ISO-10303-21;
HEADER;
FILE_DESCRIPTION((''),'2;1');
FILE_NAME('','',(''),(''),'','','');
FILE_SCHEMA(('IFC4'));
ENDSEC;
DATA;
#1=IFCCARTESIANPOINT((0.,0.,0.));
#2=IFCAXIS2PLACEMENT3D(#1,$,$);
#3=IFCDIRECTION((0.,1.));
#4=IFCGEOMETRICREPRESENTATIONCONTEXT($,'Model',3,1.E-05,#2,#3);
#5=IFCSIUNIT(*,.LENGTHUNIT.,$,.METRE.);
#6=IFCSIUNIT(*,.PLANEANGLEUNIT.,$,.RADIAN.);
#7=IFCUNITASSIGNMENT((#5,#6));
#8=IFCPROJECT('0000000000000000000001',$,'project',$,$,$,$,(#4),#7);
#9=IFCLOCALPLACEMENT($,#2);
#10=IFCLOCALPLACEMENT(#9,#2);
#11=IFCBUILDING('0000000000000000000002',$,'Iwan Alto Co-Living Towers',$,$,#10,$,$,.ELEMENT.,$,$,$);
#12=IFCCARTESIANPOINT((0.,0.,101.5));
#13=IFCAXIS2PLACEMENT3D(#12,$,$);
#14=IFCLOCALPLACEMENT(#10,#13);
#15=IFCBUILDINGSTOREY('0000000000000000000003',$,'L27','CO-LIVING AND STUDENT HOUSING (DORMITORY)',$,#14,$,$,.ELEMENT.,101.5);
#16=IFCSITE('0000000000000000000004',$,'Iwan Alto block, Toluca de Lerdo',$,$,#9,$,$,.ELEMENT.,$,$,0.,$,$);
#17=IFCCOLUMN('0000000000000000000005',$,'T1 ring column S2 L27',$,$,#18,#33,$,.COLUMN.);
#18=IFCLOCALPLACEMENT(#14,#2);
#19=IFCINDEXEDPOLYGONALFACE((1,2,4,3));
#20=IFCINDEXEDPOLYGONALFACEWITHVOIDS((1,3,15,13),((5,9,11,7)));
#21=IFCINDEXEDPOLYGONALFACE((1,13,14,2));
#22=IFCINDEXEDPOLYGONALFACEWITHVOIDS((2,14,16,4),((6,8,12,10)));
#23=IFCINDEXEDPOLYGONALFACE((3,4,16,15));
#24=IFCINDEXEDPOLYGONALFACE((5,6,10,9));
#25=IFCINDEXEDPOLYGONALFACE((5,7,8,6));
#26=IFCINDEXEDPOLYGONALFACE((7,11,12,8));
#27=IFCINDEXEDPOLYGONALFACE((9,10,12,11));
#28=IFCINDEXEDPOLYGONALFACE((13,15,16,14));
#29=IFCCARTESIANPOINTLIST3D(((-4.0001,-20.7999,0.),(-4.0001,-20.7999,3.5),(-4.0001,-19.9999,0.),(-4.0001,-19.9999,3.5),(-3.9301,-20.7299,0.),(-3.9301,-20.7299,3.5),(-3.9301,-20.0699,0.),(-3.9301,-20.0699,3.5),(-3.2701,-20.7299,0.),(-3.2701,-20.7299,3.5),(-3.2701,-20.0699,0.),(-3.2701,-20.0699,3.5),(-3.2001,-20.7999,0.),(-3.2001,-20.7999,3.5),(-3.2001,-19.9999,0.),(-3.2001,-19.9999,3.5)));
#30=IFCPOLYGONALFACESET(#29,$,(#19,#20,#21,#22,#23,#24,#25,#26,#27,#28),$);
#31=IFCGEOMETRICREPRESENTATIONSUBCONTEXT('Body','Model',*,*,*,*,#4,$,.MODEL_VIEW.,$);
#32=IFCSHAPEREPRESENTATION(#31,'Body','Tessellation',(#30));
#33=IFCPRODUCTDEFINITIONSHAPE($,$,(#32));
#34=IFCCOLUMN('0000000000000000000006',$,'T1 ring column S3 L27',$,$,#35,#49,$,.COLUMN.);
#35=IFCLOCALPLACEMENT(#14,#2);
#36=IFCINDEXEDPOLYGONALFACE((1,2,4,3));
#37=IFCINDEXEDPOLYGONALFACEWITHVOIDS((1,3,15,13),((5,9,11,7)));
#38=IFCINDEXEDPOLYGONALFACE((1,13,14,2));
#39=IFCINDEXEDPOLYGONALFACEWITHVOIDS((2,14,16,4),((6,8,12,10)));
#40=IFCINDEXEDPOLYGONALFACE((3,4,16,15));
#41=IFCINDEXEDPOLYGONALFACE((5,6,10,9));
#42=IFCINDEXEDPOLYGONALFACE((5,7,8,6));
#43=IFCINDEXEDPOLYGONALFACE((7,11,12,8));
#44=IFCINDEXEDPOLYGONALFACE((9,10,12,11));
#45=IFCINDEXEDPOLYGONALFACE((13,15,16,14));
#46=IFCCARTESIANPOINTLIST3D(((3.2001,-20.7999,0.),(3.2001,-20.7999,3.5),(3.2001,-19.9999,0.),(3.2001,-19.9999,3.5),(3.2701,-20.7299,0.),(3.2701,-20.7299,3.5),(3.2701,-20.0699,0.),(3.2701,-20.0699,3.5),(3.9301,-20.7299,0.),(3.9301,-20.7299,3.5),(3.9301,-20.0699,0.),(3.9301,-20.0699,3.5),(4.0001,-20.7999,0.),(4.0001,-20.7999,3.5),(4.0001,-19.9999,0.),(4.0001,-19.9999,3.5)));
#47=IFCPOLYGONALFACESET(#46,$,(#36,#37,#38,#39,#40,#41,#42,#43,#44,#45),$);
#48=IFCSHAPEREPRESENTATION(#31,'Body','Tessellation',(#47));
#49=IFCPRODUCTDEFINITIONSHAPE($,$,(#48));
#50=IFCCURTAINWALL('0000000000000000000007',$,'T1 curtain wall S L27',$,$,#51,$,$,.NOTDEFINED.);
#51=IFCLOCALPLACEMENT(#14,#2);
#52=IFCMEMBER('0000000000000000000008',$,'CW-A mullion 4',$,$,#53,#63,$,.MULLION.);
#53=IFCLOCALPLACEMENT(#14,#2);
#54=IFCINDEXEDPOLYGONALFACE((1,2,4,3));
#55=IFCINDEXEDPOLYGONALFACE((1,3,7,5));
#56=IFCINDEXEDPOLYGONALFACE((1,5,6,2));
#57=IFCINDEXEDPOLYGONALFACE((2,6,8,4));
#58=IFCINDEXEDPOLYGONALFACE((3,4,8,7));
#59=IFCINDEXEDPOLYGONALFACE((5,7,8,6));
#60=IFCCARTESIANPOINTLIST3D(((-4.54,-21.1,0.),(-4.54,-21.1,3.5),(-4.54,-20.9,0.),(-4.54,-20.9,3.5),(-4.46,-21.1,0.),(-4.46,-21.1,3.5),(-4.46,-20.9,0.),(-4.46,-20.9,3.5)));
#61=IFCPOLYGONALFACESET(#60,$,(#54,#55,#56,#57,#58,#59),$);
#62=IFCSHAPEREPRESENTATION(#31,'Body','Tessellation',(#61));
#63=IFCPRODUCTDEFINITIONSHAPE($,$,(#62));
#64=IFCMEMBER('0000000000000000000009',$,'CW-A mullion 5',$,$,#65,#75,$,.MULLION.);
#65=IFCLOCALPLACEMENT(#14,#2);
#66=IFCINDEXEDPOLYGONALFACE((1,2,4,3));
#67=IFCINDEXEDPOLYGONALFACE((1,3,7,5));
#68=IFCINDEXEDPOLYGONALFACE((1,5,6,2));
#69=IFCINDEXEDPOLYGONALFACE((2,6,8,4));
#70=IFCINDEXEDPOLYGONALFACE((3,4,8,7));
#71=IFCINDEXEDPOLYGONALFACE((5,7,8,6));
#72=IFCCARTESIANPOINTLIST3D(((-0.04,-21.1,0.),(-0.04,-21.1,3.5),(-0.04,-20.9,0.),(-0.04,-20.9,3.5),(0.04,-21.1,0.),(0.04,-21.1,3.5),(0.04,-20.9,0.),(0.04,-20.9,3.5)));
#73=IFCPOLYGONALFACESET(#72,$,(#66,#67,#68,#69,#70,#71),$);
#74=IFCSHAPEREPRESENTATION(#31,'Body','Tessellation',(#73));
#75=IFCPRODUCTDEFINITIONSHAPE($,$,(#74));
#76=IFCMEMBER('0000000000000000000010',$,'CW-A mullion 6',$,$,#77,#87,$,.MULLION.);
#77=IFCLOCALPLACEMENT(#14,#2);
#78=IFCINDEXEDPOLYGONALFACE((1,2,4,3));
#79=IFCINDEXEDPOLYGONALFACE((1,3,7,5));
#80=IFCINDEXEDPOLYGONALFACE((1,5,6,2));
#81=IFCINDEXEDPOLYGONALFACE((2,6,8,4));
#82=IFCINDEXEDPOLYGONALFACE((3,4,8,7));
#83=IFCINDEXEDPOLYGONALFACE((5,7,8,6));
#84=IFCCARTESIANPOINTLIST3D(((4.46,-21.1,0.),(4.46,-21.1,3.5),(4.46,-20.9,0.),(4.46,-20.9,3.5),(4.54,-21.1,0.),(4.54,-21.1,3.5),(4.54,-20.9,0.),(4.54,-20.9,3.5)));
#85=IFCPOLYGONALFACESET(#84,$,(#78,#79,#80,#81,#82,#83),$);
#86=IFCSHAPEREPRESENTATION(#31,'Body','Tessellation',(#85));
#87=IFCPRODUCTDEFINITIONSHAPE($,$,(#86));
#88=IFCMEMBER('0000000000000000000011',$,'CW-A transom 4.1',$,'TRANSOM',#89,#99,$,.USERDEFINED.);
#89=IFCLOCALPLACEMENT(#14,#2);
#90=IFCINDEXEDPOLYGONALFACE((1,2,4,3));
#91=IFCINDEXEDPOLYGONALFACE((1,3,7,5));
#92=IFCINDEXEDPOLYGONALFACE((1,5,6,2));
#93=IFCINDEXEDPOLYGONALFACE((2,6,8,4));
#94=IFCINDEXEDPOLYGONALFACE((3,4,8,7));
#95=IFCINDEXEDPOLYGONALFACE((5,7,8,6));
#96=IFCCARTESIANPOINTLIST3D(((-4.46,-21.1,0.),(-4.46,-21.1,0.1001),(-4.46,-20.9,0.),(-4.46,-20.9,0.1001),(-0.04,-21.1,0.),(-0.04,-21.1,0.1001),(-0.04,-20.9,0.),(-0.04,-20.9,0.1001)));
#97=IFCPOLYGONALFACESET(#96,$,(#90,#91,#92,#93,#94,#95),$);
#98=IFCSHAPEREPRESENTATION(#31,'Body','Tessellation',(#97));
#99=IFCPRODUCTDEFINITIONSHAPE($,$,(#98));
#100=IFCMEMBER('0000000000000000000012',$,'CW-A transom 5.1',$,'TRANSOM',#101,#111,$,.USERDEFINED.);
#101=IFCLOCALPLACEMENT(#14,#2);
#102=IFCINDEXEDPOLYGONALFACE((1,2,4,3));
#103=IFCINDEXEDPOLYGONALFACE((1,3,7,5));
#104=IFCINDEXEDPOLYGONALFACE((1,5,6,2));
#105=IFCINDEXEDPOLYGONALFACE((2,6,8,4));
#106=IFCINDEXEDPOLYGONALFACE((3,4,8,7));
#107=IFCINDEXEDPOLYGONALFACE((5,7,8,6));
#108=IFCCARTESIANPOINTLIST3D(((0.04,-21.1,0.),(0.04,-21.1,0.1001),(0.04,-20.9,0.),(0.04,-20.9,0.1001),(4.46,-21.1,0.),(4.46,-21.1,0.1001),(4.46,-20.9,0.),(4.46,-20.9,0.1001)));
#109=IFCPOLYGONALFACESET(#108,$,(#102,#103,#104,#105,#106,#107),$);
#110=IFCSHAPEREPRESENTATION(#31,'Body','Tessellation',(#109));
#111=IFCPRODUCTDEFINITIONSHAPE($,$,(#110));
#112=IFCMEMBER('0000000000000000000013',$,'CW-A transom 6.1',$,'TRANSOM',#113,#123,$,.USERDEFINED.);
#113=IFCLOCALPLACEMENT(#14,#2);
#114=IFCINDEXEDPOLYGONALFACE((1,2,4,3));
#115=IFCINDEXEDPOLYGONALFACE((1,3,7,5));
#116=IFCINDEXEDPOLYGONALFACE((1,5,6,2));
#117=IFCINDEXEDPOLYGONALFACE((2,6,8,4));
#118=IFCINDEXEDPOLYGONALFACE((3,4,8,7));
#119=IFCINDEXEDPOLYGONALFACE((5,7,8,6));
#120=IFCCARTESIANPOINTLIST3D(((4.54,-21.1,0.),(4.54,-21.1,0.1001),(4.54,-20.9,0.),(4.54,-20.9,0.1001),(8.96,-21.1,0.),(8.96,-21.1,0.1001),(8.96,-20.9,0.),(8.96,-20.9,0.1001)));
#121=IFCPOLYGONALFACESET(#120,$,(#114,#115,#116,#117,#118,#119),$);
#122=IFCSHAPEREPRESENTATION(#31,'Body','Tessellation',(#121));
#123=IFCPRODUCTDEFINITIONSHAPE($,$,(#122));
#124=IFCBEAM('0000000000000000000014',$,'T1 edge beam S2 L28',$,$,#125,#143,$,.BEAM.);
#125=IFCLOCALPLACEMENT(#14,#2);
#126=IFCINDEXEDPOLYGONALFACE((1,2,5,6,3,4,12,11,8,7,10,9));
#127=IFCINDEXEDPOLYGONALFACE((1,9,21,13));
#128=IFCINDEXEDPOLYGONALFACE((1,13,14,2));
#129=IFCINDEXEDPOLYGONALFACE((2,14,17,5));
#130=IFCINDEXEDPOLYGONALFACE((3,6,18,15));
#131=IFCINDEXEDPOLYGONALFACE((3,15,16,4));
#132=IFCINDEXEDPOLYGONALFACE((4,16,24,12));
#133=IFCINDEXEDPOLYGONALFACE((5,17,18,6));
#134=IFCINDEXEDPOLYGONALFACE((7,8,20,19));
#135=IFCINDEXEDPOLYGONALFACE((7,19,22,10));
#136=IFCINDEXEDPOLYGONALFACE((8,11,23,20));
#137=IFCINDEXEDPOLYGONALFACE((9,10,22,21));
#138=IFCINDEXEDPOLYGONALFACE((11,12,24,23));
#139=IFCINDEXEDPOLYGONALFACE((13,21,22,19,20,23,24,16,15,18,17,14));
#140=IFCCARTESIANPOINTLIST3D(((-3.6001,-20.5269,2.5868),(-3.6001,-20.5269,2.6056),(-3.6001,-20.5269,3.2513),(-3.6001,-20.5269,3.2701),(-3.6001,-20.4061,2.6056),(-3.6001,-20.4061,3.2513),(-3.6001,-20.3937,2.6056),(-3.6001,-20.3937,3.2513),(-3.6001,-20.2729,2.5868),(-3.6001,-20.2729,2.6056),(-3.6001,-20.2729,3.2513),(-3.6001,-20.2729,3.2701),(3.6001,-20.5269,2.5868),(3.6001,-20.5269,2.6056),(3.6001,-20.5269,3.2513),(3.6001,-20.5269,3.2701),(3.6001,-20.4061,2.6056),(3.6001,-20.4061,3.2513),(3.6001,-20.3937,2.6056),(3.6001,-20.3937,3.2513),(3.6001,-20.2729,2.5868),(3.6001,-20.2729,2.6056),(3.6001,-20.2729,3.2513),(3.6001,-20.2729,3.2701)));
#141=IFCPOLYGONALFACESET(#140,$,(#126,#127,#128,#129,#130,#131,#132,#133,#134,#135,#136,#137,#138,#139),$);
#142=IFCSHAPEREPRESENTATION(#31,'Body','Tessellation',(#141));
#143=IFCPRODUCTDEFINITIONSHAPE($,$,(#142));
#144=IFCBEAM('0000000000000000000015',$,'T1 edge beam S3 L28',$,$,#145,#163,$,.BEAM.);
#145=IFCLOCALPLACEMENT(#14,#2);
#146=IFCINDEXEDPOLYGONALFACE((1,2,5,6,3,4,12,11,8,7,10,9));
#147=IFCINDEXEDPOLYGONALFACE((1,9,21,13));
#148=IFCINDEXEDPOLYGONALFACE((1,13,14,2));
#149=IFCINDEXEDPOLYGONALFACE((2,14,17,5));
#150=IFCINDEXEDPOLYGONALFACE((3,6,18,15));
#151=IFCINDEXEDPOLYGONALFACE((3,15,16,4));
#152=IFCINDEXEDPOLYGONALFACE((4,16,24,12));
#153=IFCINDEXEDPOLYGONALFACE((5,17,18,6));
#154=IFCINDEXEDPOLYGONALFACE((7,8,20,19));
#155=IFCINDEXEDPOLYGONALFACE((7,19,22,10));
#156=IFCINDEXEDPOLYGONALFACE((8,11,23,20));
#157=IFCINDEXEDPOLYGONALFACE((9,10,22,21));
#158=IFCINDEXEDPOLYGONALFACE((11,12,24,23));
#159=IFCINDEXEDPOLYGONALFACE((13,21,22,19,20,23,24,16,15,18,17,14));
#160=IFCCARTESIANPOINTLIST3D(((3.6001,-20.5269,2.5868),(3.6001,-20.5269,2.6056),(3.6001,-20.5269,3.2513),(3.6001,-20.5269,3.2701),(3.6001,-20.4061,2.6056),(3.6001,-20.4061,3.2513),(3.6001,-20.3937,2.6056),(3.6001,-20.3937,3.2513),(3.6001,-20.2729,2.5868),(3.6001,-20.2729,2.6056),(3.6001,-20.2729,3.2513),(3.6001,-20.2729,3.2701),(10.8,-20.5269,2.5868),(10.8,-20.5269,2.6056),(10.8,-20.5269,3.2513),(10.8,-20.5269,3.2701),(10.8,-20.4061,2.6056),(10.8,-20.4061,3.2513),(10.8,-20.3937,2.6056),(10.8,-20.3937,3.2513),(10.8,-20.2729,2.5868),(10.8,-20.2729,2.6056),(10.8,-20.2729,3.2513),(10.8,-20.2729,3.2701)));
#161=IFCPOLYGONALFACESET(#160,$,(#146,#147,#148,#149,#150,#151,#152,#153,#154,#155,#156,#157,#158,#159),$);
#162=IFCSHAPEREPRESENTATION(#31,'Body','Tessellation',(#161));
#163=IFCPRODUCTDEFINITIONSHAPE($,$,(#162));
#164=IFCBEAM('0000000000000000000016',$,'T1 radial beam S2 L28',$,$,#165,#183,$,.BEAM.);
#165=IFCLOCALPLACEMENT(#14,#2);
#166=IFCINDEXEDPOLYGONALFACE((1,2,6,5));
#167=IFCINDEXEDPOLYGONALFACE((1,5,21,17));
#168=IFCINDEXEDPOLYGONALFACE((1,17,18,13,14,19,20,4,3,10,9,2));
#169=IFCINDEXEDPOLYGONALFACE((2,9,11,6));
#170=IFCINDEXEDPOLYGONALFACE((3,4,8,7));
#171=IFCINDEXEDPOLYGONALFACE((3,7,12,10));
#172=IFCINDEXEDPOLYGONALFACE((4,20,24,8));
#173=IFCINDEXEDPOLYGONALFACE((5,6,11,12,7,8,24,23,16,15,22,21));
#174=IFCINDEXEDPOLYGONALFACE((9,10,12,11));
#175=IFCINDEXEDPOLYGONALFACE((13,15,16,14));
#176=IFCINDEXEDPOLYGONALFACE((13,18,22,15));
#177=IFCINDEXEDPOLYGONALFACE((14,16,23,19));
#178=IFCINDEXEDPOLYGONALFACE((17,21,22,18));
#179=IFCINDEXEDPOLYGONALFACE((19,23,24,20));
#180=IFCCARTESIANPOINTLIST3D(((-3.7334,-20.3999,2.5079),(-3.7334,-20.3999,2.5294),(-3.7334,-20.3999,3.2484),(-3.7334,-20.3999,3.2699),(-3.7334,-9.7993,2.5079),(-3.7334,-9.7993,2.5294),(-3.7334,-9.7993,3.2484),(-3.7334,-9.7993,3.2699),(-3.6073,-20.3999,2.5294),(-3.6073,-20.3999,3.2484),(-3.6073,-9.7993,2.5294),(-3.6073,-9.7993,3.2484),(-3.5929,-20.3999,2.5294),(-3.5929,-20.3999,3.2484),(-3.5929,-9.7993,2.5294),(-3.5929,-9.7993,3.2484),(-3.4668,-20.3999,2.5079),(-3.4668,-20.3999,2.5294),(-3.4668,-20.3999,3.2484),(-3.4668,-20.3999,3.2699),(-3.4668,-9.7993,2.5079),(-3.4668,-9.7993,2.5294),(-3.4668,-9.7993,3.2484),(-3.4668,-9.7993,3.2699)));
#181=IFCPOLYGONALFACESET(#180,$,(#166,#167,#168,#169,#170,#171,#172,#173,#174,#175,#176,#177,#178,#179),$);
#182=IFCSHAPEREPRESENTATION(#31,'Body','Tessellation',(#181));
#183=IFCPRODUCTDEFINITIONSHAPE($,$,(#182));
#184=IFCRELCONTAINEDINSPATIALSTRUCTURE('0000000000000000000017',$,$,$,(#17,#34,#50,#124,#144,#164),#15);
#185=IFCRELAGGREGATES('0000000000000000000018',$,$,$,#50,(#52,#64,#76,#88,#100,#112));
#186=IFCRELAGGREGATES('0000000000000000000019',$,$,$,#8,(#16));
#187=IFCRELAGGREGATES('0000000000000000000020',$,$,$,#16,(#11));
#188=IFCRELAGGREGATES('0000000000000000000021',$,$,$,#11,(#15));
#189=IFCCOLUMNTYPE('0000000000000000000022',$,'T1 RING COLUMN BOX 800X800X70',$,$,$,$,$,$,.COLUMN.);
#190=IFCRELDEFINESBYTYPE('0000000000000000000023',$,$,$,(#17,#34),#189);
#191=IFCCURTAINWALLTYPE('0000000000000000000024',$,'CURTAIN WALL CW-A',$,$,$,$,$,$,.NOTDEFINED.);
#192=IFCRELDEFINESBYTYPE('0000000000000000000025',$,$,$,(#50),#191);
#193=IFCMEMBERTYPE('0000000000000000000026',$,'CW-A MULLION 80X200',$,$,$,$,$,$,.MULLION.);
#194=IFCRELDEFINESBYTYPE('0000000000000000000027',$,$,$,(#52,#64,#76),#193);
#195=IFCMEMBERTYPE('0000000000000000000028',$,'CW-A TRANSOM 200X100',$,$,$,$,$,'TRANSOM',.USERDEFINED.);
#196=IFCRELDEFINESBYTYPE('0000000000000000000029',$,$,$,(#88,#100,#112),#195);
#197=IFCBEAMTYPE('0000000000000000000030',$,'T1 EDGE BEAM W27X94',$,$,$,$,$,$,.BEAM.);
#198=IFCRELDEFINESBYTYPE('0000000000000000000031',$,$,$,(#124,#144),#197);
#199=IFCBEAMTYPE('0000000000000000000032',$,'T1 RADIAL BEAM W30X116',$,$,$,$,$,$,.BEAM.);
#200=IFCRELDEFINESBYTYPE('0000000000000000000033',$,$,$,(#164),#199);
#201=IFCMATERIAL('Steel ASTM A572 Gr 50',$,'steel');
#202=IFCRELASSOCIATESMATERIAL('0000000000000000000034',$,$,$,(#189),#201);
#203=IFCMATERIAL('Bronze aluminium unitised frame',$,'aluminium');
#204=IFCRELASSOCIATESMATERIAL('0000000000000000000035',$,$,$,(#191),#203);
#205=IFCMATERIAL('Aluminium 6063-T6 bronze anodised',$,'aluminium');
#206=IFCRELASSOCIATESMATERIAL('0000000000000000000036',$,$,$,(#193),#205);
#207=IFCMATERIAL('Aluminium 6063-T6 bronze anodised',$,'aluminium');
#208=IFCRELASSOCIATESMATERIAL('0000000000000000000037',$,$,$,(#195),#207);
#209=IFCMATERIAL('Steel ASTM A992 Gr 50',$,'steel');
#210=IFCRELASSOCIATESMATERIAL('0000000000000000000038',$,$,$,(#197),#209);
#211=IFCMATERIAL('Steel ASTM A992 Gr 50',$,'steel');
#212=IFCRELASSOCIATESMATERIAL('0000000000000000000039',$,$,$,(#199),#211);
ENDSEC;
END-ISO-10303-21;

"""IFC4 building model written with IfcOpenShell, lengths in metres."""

from ifc_helpers import new_model, si_unit, direction, frame, origin, origin_2d, place, context, subcontext, project, spatial, rectangle, hollow_rectangle, i_section, extrude, material, material_profile, profile_set, type_object, element, aggregate, save


model = new_model("IFC4")

# Units and contexts
model_context = context("Model", 3, precision=1e-05, world=origin(), true_north=direction((0.0, 1.0)))
body_context = subcontext(model_context, "Body", "Model", "MODEL_VIEW")
ifc_project = project(units=[si_unit("LENGTHUNIT", "METRE"), si_unit("PLANEANGLEUNIT", "RADIAN")], contexts=[model_context])

# Site, building, storey
site_placement = place(None, origin())
site = spatial("IfcSite", under=ifc_project, at=site_placement, Name="Iwan Alto block, Toluca de Lerdo", CompositionType="ELEMENT", RefElevation=0.0)
building_placement = place(site_placement, origin())
building = spatial("IfcBuilding", under=site, at=building_placement, Name="Iwan Alto Co-Living Towers", CompositionType="ELEMENT")
storey_placement = place(building_placement, frame((0.0, 0.0, 101.5)))
storey = spatial("IfcBuildingStorey", under=building, at=storey_placement, Name="L27", Description="CO-LIVING AND STUDENT HOUSING (DORMITORY)", CompositionType="ELEMENT", Elevation=101.5)

# Columns
ifc_material_1 = material(Name="Steel ASTM A572 Gr 50", Category="steel")
ifc_material_profile_1 = material_profile(ifc_material_1, hollow_rectangle(XDim=0.8, YDim=0.8, WallThickness=0.0701, at=origin_2d()), Name="BOX 800X800X70")
ifc_profile_set_1 = profile_set([ifc_material_profile_1], Name="Steel ASTM A572 Gr 50")
column_type = type_object("IfcColumnType", Name="T1 RING COLUMN BOX 800X800X70", PredefinedType="COLUMN", material=ifc_profile_set_1)
for number, where, z_axis, x_axis, name in (
    (1, (-3.6001, -20.3999, 0.0), (0.0, 0.0, 1.0), (1.0, 0.0, 0.0), "T1 ring column S2 L27"),
    (2, (3.6001, -20.3999, 0.0), (0.0, 0.0, 1.0), (1.0, 0.0, 0.0), "T1 ring column S3 L27"),
):
    element("IfcColumn", number, at=place(storey_placement, frame(where, z_axis=z_axis, x_axis=x_axis)), inside=storey, type_object=column_type, Name=name, PredefinedType="COLUMN", context=body_context, shape_type="SweptSolid", body=[
        extrude(hollow_rectangle(XDim=0.8, YDim=0.8, WallThickness=0.0701, at=origin_2d()), origin(), (0.0, 0.0, 1.0), 3.5),
    ])

# Curtain wall, members
ifc_material_2 = material(Name="Bronze aluminium unitised frame", Category="aluminium")
curtain_wall_type = type_object("IfcCurtainWallType", Name="CURTAIN WALL CW-A", PredefinedType="NOTDEFINED", material=ifc_material_2)
curtain_wall_placement = place(storey_placement, origin())
curtain_wall = element("IfcCurtainWall", 3, at=curtain_wall_placement, inside=storey, type_object=curtain_wall_type, Name="T1 curtain wall S L27", PredefinedType="NOTDEFINED")
ifc_material_3 = material(Name="Aluminium 6063-T6 bronze anodised", Category="aluminium")
ifc_material_profile_2 = material_profile(ifc_material_3, rectangle(XDim=0.2, YDim=0.0801, at=origin_2d()), Name="AL 80X200")
ifc_profile_set_2 = profile_set([ifc_material_profile_2], Name="Aluminium 6063-T6 bronze anodised")
member_type_1 = type_object("IfcMemberType", Name="CW-A MULLION 80X200", PredefinedType="MULLION", material=ifc_profile_set_2)
member_1_placement = place(storey_placement, frame((-4.5, -21.0, 0.0), z_axis=(0.0, 0.0, 1.0), x_axis=(0.0, 1.0, 0.0)))
member_1 = element("IfcMember", 4, at=member_1_placement, type_object=member_type_1, Name="CW-A mullion 4", PredefinedType="MULLION", context=body_context, shape_type="SweptSolid", body=[
    extrude(rectangle(XDim=0.2, YDim=0.0801, at=origin_2d()), origin(), (0.0, 0.0, 1.0), 3.5),
])
member_2_placement = place(storey_placement, frame((0.0, -21.0, 0.0), z_axis=(0.0, 0.0, 1.0), x_axis=(0.0, 1.0, 0.0)))
member_2 = element("IfcMember", 5, at=member_2_placement, type_object=member_type_1, Name="CW-A mullion 5", PredefinedType="MULLION", context=body_context, shape_type="SweptSolid", body=[
    extrude(rectangle(XDim=0.2, YDim=0.0801, at=origin_2d()), origin(), (0.0, 0.0, 1.0), 3.5),
])
member_3_placement = place(storey_placement, frame((4.5, -21.0, 0.0), z_axis=(0.0, 0.0, 1.0), x_axis=(0.0, 1.0, 0.0)))
member_3 = element("IfcMember", 6, at=member_3_placement, type_object=member_type_1, Name="CW-A mullion 6", PredefinedType="MULLION", context=body_context, shape_type="SweptSolid", body=[
    extrude(rectangle(XDim=0.2, YDim=0.0801, at=origin_2d()), origin(), (0.0, 0.0, 1.0), 3.5),
])
ifc_material_4 = material(Name="Aluminium 6063-T6 bronze anodised", Category="aluminium")
ifc_material_profile_3 = material_profile(ifc_material_4, rectangle(XDim=0.2, YDim=0.1001, at=origin_2d()), Name="AL 200X100")
ifc_profile_set_3 = profile_set([ifc_material_profile_3], Name="Aluminium 6063-T6 bronze anodised")
member_type_2 = type_object("IfcMemberType", Name="CW-A TRANSOM 200X100", ElementType="TRANSOM", PredefinedType="USERDEFINED", material=ifc_profile_set_3)
member_4_placement = place(storey_placement, frame((-4.46, -21.0, 0.05), z_axis=(1.0, 0.0, 0.0), x_axis=(0.0, 1.0, 0.0)))
member_4 = element("IfcMember", 7, at=member_4_placement, type_object=member_type_2, Name="CW-A transom 4.1", ObjectType="TRANSOM", PredefinedType="USERDEFINED", context=body_context, shape_type="SweptSolid", body=[
    extrude(rectangle(XDim=0.2, YDim=0.1001, at=origin_2d()), origin(), (0.0, 0.0, 1.0), 4.4199),
])
member_5_placement = place(storey_placement, frame((0.04, -21.0, 0.05), z_axis=(1.0, 0.0, 0.0), x_axis=(0.0, 1.0, 0.0)))
member_5 = element("IfcMember", 8, at=member_5_placement, type_object=member_type_2, Name="CW-A transom 5.1", ObjectType="TRANSOM", PredefinedType="USERDEFINED", context=body_context, shape_type="SweptSolid", body=[
    extrude(rectangle(XDim=0.2, YDim=0.1001, at=origin_2d()), origin(), (0.0, 0.0, 1.0), 4.4199),
])
member_6_placement = place(storey_placement, frame((4.54, -21.0, 0.05), z_axis=(1.0, 0.0, 0.0), x_axis=(0.0, 1.0, 0.0)))
member_6 = element("IfcMember", 9, at=member_6_placement, type_object=member_type_2, Name="CW-A transom 6.1", ObjectType="TRANSOM", PredefinedType="USERDEFINED", context=body_context, shape_type="SweptSolid", body=[
    extrude(rectangle(XDim=0.2, YDim=0.1001, at=origin_2d()), origin(), (0.0, 0.0, 1.0), 4.4199),
])

# Beams
ifc_material_5 = material(Name="Steel ASTM A992 Gr 50", Category="steel")
ifc_material_profile_4 = material_profile(ifc_material_5, i_section(OverallWidth=0.2539, OverallDepth=0.6833, WebThickness=0.0125, FlangeThickness=0.0188, at=origin_2d()), Name="W27X94")
ifc_profile_set_4 = profile_set([ifc_material_profile_4], Name="Steel ASTM A992 Gr 50")
beam_type_1 = type_object("IfcBeamType", Name="T1 EDGE BEAM W27X94", PredefinedType="BEAM", material=ifc_profile_set_4)
beam_1_placement = place(storey_placement, frame((-3.6001, -20.3999, 2.9285), z_axis=(1.0, 0.0, 0.0), x_axis=(0.0, 1.0, 0.0)))
element("IfcBeam", 10, at=beam_1_placement, inside=storey, type_object=beam_type_1, Name="T1 edge beam S2 L28", PredefinedType="BEAM", context=body_context, shape_type="SweptSolid", body=[
    extrude(i_section(OverallWidth=0.2539, OverallDepth=0.6833, WebThickness=0.0125, FlangeThickness=0.0188, at=origin_2d()), origin(), (0.0, 0.0, 1.0), 7.2002),
])
beam_2_placement = place(storey_placement, frame((3.6001, -20.3999, 2.9285), z_axis=(1.0, 0.0, 0.0), x_axis=(0.0, 1.0, 0.0)))
element("IfcBeam", 11, at=beam_2_placement, inside=storey, type_object=beam_type_1, Name="T1 edge beam S3 L28", PredefinedType="BEAM", context=body_context, shape_type="SweptSolid", body=[
    extrude(i_section(OverallWidth=0.2539, OverallDepth=0.6833, WebThickness=0.0125, FlangeThickness=0.0188, at=origin_2d()), origin(), (0.0, 0.0, 1.0), 7.2),
])
ifc_material_6 = material(Name="Steel ASTM A992 Gr 50", Category="steel")
ifc_material_profile_5 = material_profile(ifc_material_6, i_section(OverallWidth=0.2666, OverallDepth=0.762, WebThickness=0.0144, FlangeThickness=0.0215, at=origin_2d()), Name="W30X116")
ifc_profile_set_5 = profile_set([ifc_material_profile_5], Name="Steel ASTM A992 Gr 50")
beam_type_2 = type_object("IfcBeamType", Name="T1 RADIAL BEAM W30X116", PredefinedType="BEAM", material=ifc_profile_set_5)
for number, where, z_axis, x_axis, name in (
    (12, (-3.6001, -20.3999, 2.8889), (0.0, 1.0, 0.0), (-1.0, 0.0, 0.0), "T1 radial beam S2 L28"),
):
    element("IfcBeam", number, at=place(storey_placement, frame(where, z_axis=z_axis, x_axis=x_axis)), inside=storey, type_object=beam_type_2, Name=name, PredefinedType="BEAM", context=body_context, shape_type="SweptSolid", body=[
        extrude(i_section(OverallWidth=0.2666, OverallDepth=0.762, WebThickness=0.0144, FlangeThickness=0.0215, at=origin_2d()), origin(), (0.0, 0.0, 1.0), 10.6006),
    ])

aggregate(curtain_wall, [member_1, member_2, member_3, member_4, member_5, member_6])

save(model, "model.ifc")
